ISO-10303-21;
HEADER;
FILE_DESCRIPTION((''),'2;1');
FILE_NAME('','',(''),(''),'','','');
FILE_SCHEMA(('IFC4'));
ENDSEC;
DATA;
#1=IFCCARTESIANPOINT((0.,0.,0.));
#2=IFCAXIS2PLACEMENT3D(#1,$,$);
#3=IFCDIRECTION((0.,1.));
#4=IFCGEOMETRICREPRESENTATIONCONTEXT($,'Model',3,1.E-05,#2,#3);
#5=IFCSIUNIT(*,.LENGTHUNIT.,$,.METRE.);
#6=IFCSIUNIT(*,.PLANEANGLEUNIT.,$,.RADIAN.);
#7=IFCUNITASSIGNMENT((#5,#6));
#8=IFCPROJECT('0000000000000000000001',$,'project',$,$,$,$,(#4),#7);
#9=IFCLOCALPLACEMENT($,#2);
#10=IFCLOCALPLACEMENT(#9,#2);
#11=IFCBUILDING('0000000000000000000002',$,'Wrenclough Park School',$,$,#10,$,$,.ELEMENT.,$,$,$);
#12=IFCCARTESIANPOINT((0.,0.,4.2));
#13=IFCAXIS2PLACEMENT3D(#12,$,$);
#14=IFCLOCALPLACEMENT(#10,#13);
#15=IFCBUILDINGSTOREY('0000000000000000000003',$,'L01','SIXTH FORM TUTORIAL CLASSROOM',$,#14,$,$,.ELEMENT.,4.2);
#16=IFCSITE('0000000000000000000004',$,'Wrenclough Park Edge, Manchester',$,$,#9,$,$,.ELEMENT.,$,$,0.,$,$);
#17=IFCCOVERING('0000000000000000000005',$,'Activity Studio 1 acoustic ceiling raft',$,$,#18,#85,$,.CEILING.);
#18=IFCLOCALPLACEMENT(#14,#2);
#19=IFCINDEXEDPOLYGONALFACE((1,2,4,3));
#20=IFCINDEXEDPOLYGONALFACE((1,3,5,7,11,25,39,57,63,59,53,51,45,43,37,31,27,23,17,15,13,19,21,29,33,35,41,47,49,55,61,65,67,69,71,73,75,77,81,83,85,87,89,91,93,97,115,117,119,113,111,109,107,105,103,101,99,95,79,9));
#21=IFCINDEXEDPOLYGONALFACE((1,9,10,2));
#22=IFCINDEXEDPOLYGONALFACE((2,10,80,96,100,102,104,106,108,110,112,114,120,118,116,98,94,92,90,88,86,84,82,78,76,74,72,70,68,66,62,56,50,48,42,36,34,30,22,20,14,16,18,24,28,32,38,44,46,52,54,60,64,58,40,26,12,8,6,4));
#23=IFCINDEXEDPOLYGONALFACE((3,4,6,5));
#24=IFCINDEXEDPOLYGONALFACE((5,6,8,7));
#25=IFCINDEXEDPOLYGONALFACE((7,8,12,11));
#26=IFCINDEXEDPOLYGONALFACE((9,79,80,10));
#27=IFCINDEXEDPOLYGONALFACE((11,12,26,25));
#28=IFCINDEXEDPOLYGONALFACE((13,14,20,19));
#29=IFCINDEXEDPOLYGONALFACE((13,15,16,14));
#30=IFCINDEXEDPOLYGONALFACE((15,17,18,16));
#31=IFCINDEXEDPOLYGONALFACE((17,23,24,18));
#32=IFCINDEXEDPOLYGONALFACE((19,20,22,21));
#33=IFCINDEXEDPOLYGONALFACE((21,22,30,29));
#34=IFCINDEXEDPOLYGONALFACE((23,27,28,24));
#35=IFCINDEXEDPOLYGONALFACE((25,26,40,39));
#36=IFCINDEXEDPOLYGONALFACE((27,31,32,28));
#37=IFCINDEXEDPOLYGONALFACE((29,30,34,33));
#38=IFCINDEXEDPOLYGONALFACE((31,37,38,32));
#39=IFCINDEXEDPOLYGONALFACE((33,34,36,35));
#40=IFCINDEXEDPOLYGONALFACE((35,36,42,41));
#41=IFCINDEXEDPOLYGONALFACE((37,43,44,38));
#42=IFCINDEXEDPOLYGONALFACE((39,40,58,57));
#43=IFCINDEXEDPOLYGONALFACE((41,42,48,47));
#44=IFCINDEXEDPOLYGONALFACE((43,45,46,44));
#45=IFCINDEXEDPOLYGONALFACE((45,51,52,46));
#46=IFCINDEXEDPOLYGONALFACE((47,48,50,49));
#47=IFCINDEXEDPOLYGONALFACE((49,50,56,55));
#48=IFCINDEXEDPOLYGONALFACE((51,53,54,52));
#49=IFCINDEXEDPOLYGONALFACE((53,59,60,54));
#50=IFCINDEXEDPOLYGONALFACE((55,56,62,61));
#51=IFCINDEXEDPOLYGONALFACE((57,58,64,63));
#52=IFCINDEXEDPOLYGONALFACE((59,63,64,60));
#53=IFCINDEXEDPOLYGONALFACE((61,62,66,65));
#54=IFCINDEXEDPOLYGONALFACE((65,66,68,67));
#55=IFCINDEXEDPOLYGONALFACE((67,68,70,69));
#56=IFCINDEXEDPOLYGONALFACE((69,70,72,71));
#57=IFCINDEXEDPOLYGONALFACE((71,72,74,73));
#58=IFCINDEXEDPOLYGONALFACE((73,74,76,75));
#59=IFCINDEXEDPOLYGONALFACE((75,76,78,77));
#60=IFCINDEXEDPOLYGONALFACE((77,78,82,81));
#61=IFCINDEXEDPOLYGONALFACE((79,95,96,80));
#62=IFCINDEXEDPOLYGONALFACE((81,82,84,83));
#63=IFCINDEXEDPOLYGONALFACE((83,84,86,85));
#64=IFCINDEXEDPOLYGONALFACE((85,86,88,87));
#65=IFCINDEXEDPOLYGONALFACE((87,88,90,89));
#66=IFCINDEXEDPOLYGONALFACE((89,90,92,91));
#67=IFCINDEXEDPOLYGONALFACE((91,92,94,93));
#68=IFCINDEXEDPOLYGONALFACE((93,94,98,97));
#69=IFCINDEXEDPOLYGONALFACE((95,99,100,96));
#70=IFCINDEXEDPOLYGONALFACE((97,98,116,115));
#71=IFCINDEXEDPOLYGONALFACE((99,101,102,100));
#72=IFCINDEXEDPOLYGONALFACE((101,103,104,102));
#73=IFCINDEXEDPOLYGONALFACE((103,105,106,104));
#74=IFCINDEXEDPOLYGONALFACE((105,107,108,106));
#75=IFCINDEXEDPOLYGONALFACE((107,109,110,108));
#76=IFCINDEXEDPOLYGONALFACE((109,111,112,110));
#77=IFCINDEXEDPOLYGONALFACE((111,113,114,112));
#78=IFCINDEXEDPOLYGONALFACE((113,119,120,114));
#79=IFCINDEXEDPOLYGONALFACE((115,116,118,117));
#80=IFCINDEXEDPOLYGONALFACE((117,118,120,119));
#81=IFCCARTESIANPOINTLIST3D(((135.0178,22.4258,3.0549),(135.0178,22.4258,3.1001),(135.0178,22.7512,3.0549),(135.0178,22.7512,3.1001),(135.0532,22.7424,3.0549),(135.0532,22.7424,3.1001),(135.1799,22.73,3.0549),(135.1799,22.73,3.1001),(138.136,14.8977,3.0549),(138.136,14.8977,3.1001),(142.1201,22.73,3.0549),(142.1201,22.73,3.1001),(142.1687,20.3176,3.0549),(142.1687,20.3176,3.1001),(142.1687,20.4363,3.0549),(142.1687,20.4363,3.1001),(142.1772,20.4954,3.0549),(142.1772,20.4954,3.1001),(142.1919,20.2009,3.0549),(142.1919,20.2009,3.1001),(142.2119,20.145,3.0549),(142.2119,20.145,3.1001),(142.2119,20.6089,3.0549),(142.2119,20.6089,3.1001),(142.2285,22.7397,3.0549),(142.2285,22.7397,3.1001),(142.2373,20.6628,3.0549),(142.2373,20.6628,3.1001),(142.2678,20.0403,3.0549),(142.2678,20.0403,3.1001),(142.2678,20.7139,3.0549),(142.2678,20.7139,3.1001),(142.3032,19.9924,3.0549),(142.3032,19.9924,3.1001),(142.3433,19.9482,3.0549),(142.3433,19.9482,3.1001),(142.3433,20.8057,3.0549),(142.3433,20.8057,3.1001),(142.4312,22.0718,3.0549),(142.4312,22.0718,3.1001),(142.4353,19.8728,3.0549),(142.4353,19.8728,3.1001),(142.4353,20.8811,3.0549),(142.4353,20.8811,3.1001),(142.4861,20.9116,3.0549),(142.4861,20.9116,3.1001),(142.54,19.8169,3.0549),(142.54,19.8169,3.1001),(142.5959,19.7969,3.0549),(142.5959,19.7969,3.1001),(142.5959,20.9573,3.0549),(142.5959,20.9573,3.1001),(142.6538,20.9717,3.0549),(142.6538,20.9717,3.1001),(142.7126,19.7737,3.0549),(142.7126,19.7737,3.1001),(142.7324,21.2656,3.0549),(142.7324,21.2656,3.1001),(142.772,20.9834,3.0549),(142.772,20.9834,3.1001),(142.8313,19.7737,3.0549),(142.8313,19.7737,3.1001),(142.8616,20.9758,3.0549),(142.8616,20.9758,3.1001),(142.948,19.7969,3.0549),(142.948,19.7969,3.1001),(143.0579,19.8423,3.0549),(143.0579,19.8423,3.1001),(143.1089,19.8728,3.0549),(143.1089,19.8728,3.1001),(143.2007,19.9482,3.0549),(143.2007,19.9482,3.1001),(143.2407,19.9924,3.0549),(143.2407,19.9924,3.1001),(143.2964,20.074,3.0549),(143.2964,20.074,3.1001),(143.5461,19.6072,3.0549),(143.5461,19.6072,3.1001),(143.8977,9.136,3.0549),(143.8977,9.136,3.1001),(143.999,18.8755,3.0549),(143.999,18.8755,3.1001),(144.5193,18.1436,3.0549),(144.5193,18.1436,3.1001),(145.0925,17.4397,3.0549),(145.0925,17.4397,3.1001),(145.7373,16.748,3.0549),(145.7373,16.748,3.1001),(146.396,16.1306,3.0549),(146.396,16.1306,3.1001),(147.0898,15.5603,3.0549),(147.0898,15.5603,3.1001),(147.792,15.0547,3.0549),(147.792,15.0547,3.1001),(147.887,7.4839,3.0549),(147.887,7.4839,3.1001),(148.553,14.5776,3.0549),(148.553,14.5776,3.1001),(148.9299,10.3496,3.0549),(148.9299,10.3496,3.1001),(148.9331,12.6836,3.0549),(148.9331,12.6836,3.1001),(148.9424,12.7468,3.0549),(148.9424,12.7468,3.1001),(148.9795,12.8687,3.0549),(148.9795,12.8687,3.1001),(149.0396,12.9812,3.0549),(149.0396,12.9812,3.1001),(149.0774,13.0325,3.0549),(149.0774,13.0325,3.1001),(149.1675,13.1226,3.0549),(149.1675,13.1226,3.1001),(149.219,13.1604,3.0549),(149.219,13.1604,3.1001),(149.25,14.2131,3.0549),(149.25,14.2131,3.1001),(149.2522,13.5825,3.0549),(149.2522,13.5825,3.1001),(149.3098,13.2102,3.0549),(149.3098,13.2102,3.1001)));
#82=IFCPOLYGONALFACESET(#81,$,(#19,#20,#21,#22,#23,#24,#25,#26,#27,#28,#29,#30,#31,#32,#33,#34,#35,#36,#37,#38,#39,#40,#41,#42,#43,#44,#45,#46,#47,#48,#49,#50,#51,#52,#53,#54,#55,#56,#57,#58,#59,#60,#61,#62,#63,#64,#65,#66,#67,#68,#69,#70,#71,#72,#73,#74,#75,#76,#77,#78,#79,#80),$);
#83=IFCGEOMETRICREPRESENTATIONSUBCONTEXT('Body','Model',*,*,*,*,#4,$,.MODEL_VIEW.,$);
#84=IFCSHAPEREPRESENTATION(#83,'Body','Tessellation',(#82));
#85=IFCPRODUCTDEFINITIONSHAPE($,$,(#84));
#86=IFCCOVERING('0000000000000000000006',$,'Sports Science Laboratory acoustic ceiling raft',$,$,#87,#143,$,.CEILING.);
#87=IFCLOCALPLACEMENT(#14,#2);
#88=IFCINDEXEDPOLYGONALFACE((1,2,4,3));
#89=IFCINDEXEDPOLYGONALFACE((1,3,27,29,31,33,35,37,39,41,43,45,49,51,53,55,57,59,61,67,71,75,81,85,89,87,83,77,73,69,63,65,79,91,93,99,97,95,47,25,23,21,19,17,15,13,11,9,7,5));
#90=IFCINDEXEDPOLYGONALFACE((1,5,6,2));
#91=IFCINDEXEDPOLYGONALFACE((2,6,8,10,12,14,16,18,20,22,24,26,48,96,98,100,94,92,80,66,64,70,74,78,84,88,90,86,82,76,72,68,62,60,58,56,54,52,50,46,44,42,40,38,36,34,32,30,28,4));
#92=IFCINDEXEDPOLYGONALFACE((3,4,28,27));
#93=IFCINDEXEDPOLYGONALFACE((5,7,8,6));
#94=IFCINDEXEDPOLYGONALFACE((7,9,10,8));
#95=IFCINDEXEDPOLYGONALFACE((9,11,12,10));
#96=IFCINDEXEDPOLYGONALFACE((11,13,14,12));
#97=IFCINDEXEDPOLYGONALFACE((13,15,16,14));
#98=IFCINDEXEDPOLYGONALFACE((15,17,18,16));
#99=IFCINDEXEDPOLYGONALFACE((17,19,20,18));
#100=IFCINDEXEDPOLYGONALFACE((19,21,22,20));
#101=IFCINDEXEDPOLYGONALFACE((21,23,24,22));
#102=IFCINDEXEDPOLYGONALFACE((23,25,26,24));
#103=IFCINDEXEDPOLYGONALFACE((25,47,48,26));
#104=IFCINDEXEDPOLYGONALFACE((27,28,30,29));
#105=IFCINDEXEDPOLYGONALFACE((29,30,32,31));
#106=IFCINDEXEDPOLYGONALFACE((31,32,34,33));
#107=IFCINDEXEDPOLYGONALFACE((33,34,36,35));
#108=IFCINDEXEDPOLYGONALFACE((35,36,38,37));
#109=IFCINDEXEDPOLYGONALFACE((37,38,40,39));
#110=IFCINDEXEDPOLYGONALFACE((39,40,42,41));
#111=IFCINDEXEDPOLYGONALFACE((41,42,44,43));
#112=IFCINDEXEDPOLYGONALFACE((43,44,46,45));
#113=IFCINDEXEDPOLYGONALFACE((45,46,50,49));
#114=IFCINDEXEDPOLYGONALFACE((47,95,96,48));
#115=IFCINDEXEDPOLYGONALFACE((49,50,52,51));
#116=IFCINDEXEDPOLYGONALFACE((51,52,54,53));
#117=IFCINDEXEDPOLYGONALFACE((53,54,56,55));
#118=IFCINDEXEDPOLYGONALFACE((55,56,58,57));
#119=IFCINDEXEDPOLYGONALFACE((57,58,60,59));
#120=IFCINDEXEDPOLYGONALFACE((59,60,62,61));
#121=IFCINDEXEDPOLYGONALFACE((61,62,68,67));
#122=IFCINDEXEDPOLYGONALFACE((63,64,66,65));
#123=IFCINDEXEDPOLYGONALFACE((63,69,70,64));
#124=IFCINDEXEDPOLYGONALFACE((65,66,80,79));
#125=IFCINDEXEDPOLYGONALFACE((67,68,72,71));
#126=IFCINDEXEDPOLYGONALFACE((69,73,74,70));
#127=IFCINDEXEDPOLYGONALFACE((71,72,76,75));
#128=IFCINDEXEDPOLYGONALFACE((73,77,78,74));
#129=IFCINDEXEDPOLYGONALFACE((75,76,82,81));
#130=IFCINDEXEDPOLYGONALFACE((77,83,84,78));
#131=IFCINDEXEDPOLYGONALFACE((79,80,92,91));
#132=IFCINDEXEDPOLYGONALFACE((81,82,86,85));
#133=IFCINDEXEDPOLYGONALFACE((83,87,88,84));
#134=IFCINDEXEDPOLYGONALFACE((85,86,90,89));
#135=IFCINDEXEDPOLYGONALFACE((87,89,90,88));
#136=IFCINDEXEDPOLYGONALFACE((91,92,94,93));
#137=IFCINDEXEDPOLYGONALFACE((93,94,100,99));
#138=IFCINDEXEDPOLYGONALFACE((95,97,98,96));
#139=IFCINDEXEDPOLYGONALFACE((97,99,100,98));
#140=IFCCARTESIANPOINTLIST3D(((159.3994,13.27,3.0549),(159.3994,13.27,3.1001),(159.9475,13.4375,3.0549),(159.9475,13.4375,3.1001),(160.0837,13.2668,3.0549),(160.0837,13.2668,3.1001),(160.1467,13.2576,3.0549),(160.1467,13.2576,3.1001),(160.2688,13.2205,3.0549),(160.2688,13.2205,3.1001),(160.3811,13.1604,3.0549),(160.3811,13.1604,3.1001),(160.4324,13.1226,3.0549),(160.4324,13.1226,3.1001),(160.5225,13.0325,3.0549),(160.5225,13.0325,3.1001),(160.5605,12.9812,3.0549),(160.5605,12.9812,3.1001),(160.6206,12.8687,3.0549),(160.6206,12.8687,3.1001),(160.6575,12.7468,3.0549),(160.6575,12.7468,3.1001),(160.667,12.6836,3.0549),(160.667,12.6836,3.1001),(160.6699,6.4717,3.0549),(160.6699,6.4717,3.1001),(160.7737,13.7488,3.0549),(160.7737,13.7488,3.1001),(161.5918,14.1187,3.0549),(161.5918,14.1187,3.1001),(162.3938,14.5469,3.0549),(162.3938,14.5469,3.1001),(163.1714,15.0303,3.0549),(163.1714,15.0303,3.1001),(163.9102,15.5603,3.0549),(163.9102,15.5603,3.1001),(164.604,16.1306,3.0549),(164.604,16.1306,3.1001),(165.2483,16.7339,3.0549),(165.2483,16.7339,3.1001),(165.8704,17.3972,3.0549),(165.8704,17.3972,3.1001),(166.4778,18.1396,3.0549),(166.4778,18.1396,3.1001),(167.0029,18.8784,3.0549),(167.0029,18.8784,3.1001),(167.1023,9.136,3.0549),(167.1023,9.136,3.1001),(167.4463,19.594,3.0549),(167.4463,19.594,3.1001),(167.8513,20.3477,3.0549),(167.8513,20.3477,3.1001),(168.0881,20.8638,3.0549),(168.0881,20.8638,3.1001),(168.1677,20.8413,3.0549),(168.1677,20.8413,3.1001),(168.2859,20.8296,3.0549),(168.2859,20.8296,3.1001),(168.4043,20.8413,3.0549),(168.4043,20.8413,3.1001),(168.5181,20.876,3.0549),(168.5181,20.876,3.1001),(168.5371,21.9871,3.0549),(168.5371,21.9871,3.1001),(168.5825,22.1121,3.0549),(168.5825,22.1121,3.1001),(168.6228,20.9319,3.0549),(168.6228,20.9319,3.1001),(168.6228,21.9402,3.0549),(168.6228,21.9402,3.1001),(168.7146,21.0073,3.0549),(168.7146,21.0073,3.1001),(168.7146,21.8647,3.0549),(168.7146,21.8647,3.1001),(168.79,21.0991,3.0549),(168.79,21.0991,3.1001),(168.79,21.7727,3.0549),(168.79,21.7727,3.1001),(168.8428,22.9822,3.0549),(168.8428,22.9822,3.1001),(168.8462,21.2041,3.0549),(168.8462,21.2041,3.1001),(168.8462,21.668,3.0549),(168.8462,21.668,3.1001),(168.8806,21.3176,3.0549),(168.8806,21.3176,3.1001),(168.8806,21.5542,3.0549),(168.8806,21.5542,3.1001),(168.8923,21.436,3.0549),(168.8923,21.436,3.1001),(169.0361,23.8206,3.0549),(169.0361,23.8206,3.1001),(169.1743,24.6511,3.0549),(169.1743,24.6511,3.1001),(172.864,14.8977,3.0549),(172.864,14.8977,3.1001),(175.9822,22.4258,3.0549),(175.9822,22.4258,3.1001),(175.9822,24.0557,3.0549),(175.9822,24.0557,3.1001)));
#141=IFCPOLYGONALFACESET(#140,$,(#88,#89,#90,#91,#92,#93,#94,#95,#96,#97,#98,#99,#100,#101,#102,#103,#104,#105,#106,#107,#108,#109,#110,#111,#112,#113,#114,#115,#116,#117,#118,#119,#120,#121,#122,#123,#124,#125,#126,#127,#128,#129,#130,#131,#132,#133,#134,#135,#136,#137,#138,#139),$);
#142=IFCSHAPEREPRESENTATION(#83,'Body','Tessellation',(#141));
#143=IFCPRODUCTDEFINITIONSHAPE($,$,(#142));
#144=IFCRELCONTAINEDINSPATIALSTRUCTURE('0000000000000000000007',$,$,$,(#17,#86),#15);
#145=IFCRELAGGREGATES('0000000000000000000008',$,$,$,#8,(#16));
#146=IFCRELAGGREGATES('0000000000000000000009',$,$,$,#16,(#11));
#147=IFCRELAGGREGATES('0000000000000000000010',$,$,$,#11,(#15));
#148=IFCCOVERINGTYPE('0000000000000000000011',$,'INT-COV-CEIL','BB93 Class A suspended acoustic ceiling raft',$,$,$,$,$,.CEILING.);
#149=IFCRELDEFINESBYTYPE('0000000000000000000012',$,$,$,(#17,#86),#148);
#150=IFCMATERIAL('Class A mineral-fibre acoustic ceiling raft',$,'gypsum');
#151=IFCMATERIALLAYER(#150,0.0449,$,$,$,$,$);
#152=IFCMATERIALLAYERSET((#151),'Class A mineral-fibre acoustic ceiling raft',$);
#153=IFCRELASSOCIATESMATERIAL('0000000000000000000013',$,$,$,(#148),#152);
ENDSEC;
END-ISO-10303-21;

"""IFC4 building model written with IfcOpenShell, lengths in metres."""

from ifc_helpers import new_model, si_unit, direction, frame, origin, place, context, subcontext, project, spatial, polyline, outline, extrude, material, layer, layer_set, type_object, element, save


model = new_model("IFC4")

# Units and contexts
model_context = context("Model", 3, precision=1e-05, world=origin(), true_north=direction((0.0, 1.0)))
body_context = subcontext(model_context, "Body", "Model", "MODEL_VIEW")
ifc_project = project(units=[si_unit("LENGTHUNIT", "METRE"), si_unit("PLANEANGLEUNIT", "RADIAN")], contexts=[model_context])

# Site, building, storey
site_placement = place(None, origin())
site = spatial("IfcSite", under=ifc_project, at=site_placement, Name="Wrenclough Park Edge, Manchester", CompositionType="ELEMENT", RefElevation=0.0)
building_placement = place(site_placement, origin())
building = spatial("IfcBuilding", under=site, at=building_placement, Name="Wrenclough Park School", CompositionType="ELEMENT")
storey_placement = place(building_placement, frame((0.0, 0.0, 4.2)))
storey = spatial("IfcBuildingStorey", under=building, at=storey_placement, Name="L01", Description="SIXTH FORM TUTORIAL CLASSROOM", CompositionType="ELEMENT", Elevation=4.2)

# Coverings
ifc_material_1 = material(Name="Class A mineral-fibre acoustic ceiling raft", Category="gypsum")
ifc_layer_1 = layer(ifc_material_1, 0.0449)
ifc_layer_set_1 = layer_set([ifc_layer_1], Name="Class A mineral-fibre acoustic ceiling raft")
covering_type = type_object("IfcCoveringType", Name="INT-COV-CEIL", Description="BB93 Class A suspended acoustic ceiling raft", PredefinedType="CEILING", material=ifc_layer_set_1)
covering_1_placement = place(storey_placement, frame((0.0, 0.0, 3.0549)))
element("IfcCovering", 1, at=covering_1_placement, inside=storey, type_object=covering_type, Name="Activity Studio 1 acoustic ceiling raft", PredefinedType="CEILING", context=body_context, shape_type="SweptSolid", body=[
    extrude(outline(polyline([(135.0532, 22.7424), (135.0178, 22.7512), (135.0178, 22.4258), (138.136, 14.8977), (143.8977, 9.136), (147.887, 7.4839), (148.9299, 10.3496), (148.9331, 12.6836), (148.9424, 12.7468), (148.9795, 12.8687), (149.0396, 12.9812), (149.0774, 13.0325), (149.1675, 13.1226), (149.219, 13.1604), (149.3098, 13.2102), (149.2522, 13.5825), (149.25, 14.2131), (148.553, 14.5776), (147.792, 15.0547), (147.0898, 15.5603), (146.396, 16.1306), (145.7373, 16.748), (145.0925, 17.4397), (144.5193, 18.1436), (143.999, 18.8755), (143.5461, 19.6072), (143.2964, 20.074), (143.2407, 19.9924), (143.2007, 19.9482), (143.1089, 19.8728), (143.0579, 19.8423), (142.948, 19.7969), (142.8313, 19.7737), (142.7126, 19.7737), (142.5959, 19.7969), (142.54, 19.8169), (142.4353, 19.8728), (142.3433, 19.9482), (142.3032, 19.9924), (142.2678, 20.0403), (142.2119, 20.145), (142.1919, 20.2009), (142.1687, 20.3176), (142.1687, 20.4363), (142.1772, 20.4954), (142.2119, 20.6089), (142.2373, 20.6628), (142.2678, 20.7139), (142.3433, 20.8057), (142.4353, 20.8811), (142.4861, 20.9116), (142.5959, 20.9573), (142.6538, 20.9717), (142.772, 20.9834), (142.8616, 20.9758), (142.7324, 21.2656), (142.4312, 22.0718), (142.2285, 22.7397), (142.1201, 22.73), (135.1799, 22.73), (135.0532, 22.7424)])), origin(), (0.0, 0.0, 1.0), 0.0452),
])
covering_2_placement = place(storey_placement, frame((0.0, 0.0, 3.0549)))
element("IfcCovering", 2, at=covering_2_placement, inside=storey, type_object=covering_type, Name="Sports Science Laboratory acoustic ceiling raft", PredefinedType="CEILING", context=body_context, shape_type="SweptSolid", body=[
    extrude(outline(polyline([(159.9475, 13.4375), (159.3994, 13.27), (160.0837, 13.2668), (160.1467, 13.2576), (160.2688, 13.2205), (160.3811, 13.1604), (160.4324, 13.1226), (160.5225, 13.0325), (160.5605, 12.9812), (160.6206, 12.8687), (160.6575, 12.7468), (160.667, 12.6836), (160.6699, 6.4717), (167.1023, 9.136), (172.864, 14.8977), (175.9822, 22.4258), (175.9822, 24.0557), (169.1743, 24.6511), (169.0361, 23.8206), (168.8428, 22.9822), (168.5825, 22.1121), (168.5371, 21.9871), (168.6228, 21.9402), (168.7146, 21.8647), (168.79, 21.7727), (168.8462, 21.668), (168.8806, 21.5542), (168.8923, 21.436), (168.8806, 21.3176), (168.8462, 21.2041), (168.79, 21.0991), (168.7146, 21.0073), (168.6228, 20.9319), (168.5181, 20.876), (168.4043, 20.8413), (168.2859, 20.8296), (168.1677, 20.8413), (168.0881, 20.8638), (167.8513, 20.3477), (167.4463, 19.594), (167.0029, 18.8784), (166.4778, 18.1396), (165.8704, 17.3972), (165.2483, 16.7339), (164.604, 16.1306), (163.9102, 15.5603), (163.1714, 15.0303), (162.3938, 14.5469), (161.5918, 14.1187), (160.7737, 13.7488), (159.9475, 13.4375)])), origin(), (0.0, 0.0, 1.0), 0.0452),
])

save(model, "model.ifc")
